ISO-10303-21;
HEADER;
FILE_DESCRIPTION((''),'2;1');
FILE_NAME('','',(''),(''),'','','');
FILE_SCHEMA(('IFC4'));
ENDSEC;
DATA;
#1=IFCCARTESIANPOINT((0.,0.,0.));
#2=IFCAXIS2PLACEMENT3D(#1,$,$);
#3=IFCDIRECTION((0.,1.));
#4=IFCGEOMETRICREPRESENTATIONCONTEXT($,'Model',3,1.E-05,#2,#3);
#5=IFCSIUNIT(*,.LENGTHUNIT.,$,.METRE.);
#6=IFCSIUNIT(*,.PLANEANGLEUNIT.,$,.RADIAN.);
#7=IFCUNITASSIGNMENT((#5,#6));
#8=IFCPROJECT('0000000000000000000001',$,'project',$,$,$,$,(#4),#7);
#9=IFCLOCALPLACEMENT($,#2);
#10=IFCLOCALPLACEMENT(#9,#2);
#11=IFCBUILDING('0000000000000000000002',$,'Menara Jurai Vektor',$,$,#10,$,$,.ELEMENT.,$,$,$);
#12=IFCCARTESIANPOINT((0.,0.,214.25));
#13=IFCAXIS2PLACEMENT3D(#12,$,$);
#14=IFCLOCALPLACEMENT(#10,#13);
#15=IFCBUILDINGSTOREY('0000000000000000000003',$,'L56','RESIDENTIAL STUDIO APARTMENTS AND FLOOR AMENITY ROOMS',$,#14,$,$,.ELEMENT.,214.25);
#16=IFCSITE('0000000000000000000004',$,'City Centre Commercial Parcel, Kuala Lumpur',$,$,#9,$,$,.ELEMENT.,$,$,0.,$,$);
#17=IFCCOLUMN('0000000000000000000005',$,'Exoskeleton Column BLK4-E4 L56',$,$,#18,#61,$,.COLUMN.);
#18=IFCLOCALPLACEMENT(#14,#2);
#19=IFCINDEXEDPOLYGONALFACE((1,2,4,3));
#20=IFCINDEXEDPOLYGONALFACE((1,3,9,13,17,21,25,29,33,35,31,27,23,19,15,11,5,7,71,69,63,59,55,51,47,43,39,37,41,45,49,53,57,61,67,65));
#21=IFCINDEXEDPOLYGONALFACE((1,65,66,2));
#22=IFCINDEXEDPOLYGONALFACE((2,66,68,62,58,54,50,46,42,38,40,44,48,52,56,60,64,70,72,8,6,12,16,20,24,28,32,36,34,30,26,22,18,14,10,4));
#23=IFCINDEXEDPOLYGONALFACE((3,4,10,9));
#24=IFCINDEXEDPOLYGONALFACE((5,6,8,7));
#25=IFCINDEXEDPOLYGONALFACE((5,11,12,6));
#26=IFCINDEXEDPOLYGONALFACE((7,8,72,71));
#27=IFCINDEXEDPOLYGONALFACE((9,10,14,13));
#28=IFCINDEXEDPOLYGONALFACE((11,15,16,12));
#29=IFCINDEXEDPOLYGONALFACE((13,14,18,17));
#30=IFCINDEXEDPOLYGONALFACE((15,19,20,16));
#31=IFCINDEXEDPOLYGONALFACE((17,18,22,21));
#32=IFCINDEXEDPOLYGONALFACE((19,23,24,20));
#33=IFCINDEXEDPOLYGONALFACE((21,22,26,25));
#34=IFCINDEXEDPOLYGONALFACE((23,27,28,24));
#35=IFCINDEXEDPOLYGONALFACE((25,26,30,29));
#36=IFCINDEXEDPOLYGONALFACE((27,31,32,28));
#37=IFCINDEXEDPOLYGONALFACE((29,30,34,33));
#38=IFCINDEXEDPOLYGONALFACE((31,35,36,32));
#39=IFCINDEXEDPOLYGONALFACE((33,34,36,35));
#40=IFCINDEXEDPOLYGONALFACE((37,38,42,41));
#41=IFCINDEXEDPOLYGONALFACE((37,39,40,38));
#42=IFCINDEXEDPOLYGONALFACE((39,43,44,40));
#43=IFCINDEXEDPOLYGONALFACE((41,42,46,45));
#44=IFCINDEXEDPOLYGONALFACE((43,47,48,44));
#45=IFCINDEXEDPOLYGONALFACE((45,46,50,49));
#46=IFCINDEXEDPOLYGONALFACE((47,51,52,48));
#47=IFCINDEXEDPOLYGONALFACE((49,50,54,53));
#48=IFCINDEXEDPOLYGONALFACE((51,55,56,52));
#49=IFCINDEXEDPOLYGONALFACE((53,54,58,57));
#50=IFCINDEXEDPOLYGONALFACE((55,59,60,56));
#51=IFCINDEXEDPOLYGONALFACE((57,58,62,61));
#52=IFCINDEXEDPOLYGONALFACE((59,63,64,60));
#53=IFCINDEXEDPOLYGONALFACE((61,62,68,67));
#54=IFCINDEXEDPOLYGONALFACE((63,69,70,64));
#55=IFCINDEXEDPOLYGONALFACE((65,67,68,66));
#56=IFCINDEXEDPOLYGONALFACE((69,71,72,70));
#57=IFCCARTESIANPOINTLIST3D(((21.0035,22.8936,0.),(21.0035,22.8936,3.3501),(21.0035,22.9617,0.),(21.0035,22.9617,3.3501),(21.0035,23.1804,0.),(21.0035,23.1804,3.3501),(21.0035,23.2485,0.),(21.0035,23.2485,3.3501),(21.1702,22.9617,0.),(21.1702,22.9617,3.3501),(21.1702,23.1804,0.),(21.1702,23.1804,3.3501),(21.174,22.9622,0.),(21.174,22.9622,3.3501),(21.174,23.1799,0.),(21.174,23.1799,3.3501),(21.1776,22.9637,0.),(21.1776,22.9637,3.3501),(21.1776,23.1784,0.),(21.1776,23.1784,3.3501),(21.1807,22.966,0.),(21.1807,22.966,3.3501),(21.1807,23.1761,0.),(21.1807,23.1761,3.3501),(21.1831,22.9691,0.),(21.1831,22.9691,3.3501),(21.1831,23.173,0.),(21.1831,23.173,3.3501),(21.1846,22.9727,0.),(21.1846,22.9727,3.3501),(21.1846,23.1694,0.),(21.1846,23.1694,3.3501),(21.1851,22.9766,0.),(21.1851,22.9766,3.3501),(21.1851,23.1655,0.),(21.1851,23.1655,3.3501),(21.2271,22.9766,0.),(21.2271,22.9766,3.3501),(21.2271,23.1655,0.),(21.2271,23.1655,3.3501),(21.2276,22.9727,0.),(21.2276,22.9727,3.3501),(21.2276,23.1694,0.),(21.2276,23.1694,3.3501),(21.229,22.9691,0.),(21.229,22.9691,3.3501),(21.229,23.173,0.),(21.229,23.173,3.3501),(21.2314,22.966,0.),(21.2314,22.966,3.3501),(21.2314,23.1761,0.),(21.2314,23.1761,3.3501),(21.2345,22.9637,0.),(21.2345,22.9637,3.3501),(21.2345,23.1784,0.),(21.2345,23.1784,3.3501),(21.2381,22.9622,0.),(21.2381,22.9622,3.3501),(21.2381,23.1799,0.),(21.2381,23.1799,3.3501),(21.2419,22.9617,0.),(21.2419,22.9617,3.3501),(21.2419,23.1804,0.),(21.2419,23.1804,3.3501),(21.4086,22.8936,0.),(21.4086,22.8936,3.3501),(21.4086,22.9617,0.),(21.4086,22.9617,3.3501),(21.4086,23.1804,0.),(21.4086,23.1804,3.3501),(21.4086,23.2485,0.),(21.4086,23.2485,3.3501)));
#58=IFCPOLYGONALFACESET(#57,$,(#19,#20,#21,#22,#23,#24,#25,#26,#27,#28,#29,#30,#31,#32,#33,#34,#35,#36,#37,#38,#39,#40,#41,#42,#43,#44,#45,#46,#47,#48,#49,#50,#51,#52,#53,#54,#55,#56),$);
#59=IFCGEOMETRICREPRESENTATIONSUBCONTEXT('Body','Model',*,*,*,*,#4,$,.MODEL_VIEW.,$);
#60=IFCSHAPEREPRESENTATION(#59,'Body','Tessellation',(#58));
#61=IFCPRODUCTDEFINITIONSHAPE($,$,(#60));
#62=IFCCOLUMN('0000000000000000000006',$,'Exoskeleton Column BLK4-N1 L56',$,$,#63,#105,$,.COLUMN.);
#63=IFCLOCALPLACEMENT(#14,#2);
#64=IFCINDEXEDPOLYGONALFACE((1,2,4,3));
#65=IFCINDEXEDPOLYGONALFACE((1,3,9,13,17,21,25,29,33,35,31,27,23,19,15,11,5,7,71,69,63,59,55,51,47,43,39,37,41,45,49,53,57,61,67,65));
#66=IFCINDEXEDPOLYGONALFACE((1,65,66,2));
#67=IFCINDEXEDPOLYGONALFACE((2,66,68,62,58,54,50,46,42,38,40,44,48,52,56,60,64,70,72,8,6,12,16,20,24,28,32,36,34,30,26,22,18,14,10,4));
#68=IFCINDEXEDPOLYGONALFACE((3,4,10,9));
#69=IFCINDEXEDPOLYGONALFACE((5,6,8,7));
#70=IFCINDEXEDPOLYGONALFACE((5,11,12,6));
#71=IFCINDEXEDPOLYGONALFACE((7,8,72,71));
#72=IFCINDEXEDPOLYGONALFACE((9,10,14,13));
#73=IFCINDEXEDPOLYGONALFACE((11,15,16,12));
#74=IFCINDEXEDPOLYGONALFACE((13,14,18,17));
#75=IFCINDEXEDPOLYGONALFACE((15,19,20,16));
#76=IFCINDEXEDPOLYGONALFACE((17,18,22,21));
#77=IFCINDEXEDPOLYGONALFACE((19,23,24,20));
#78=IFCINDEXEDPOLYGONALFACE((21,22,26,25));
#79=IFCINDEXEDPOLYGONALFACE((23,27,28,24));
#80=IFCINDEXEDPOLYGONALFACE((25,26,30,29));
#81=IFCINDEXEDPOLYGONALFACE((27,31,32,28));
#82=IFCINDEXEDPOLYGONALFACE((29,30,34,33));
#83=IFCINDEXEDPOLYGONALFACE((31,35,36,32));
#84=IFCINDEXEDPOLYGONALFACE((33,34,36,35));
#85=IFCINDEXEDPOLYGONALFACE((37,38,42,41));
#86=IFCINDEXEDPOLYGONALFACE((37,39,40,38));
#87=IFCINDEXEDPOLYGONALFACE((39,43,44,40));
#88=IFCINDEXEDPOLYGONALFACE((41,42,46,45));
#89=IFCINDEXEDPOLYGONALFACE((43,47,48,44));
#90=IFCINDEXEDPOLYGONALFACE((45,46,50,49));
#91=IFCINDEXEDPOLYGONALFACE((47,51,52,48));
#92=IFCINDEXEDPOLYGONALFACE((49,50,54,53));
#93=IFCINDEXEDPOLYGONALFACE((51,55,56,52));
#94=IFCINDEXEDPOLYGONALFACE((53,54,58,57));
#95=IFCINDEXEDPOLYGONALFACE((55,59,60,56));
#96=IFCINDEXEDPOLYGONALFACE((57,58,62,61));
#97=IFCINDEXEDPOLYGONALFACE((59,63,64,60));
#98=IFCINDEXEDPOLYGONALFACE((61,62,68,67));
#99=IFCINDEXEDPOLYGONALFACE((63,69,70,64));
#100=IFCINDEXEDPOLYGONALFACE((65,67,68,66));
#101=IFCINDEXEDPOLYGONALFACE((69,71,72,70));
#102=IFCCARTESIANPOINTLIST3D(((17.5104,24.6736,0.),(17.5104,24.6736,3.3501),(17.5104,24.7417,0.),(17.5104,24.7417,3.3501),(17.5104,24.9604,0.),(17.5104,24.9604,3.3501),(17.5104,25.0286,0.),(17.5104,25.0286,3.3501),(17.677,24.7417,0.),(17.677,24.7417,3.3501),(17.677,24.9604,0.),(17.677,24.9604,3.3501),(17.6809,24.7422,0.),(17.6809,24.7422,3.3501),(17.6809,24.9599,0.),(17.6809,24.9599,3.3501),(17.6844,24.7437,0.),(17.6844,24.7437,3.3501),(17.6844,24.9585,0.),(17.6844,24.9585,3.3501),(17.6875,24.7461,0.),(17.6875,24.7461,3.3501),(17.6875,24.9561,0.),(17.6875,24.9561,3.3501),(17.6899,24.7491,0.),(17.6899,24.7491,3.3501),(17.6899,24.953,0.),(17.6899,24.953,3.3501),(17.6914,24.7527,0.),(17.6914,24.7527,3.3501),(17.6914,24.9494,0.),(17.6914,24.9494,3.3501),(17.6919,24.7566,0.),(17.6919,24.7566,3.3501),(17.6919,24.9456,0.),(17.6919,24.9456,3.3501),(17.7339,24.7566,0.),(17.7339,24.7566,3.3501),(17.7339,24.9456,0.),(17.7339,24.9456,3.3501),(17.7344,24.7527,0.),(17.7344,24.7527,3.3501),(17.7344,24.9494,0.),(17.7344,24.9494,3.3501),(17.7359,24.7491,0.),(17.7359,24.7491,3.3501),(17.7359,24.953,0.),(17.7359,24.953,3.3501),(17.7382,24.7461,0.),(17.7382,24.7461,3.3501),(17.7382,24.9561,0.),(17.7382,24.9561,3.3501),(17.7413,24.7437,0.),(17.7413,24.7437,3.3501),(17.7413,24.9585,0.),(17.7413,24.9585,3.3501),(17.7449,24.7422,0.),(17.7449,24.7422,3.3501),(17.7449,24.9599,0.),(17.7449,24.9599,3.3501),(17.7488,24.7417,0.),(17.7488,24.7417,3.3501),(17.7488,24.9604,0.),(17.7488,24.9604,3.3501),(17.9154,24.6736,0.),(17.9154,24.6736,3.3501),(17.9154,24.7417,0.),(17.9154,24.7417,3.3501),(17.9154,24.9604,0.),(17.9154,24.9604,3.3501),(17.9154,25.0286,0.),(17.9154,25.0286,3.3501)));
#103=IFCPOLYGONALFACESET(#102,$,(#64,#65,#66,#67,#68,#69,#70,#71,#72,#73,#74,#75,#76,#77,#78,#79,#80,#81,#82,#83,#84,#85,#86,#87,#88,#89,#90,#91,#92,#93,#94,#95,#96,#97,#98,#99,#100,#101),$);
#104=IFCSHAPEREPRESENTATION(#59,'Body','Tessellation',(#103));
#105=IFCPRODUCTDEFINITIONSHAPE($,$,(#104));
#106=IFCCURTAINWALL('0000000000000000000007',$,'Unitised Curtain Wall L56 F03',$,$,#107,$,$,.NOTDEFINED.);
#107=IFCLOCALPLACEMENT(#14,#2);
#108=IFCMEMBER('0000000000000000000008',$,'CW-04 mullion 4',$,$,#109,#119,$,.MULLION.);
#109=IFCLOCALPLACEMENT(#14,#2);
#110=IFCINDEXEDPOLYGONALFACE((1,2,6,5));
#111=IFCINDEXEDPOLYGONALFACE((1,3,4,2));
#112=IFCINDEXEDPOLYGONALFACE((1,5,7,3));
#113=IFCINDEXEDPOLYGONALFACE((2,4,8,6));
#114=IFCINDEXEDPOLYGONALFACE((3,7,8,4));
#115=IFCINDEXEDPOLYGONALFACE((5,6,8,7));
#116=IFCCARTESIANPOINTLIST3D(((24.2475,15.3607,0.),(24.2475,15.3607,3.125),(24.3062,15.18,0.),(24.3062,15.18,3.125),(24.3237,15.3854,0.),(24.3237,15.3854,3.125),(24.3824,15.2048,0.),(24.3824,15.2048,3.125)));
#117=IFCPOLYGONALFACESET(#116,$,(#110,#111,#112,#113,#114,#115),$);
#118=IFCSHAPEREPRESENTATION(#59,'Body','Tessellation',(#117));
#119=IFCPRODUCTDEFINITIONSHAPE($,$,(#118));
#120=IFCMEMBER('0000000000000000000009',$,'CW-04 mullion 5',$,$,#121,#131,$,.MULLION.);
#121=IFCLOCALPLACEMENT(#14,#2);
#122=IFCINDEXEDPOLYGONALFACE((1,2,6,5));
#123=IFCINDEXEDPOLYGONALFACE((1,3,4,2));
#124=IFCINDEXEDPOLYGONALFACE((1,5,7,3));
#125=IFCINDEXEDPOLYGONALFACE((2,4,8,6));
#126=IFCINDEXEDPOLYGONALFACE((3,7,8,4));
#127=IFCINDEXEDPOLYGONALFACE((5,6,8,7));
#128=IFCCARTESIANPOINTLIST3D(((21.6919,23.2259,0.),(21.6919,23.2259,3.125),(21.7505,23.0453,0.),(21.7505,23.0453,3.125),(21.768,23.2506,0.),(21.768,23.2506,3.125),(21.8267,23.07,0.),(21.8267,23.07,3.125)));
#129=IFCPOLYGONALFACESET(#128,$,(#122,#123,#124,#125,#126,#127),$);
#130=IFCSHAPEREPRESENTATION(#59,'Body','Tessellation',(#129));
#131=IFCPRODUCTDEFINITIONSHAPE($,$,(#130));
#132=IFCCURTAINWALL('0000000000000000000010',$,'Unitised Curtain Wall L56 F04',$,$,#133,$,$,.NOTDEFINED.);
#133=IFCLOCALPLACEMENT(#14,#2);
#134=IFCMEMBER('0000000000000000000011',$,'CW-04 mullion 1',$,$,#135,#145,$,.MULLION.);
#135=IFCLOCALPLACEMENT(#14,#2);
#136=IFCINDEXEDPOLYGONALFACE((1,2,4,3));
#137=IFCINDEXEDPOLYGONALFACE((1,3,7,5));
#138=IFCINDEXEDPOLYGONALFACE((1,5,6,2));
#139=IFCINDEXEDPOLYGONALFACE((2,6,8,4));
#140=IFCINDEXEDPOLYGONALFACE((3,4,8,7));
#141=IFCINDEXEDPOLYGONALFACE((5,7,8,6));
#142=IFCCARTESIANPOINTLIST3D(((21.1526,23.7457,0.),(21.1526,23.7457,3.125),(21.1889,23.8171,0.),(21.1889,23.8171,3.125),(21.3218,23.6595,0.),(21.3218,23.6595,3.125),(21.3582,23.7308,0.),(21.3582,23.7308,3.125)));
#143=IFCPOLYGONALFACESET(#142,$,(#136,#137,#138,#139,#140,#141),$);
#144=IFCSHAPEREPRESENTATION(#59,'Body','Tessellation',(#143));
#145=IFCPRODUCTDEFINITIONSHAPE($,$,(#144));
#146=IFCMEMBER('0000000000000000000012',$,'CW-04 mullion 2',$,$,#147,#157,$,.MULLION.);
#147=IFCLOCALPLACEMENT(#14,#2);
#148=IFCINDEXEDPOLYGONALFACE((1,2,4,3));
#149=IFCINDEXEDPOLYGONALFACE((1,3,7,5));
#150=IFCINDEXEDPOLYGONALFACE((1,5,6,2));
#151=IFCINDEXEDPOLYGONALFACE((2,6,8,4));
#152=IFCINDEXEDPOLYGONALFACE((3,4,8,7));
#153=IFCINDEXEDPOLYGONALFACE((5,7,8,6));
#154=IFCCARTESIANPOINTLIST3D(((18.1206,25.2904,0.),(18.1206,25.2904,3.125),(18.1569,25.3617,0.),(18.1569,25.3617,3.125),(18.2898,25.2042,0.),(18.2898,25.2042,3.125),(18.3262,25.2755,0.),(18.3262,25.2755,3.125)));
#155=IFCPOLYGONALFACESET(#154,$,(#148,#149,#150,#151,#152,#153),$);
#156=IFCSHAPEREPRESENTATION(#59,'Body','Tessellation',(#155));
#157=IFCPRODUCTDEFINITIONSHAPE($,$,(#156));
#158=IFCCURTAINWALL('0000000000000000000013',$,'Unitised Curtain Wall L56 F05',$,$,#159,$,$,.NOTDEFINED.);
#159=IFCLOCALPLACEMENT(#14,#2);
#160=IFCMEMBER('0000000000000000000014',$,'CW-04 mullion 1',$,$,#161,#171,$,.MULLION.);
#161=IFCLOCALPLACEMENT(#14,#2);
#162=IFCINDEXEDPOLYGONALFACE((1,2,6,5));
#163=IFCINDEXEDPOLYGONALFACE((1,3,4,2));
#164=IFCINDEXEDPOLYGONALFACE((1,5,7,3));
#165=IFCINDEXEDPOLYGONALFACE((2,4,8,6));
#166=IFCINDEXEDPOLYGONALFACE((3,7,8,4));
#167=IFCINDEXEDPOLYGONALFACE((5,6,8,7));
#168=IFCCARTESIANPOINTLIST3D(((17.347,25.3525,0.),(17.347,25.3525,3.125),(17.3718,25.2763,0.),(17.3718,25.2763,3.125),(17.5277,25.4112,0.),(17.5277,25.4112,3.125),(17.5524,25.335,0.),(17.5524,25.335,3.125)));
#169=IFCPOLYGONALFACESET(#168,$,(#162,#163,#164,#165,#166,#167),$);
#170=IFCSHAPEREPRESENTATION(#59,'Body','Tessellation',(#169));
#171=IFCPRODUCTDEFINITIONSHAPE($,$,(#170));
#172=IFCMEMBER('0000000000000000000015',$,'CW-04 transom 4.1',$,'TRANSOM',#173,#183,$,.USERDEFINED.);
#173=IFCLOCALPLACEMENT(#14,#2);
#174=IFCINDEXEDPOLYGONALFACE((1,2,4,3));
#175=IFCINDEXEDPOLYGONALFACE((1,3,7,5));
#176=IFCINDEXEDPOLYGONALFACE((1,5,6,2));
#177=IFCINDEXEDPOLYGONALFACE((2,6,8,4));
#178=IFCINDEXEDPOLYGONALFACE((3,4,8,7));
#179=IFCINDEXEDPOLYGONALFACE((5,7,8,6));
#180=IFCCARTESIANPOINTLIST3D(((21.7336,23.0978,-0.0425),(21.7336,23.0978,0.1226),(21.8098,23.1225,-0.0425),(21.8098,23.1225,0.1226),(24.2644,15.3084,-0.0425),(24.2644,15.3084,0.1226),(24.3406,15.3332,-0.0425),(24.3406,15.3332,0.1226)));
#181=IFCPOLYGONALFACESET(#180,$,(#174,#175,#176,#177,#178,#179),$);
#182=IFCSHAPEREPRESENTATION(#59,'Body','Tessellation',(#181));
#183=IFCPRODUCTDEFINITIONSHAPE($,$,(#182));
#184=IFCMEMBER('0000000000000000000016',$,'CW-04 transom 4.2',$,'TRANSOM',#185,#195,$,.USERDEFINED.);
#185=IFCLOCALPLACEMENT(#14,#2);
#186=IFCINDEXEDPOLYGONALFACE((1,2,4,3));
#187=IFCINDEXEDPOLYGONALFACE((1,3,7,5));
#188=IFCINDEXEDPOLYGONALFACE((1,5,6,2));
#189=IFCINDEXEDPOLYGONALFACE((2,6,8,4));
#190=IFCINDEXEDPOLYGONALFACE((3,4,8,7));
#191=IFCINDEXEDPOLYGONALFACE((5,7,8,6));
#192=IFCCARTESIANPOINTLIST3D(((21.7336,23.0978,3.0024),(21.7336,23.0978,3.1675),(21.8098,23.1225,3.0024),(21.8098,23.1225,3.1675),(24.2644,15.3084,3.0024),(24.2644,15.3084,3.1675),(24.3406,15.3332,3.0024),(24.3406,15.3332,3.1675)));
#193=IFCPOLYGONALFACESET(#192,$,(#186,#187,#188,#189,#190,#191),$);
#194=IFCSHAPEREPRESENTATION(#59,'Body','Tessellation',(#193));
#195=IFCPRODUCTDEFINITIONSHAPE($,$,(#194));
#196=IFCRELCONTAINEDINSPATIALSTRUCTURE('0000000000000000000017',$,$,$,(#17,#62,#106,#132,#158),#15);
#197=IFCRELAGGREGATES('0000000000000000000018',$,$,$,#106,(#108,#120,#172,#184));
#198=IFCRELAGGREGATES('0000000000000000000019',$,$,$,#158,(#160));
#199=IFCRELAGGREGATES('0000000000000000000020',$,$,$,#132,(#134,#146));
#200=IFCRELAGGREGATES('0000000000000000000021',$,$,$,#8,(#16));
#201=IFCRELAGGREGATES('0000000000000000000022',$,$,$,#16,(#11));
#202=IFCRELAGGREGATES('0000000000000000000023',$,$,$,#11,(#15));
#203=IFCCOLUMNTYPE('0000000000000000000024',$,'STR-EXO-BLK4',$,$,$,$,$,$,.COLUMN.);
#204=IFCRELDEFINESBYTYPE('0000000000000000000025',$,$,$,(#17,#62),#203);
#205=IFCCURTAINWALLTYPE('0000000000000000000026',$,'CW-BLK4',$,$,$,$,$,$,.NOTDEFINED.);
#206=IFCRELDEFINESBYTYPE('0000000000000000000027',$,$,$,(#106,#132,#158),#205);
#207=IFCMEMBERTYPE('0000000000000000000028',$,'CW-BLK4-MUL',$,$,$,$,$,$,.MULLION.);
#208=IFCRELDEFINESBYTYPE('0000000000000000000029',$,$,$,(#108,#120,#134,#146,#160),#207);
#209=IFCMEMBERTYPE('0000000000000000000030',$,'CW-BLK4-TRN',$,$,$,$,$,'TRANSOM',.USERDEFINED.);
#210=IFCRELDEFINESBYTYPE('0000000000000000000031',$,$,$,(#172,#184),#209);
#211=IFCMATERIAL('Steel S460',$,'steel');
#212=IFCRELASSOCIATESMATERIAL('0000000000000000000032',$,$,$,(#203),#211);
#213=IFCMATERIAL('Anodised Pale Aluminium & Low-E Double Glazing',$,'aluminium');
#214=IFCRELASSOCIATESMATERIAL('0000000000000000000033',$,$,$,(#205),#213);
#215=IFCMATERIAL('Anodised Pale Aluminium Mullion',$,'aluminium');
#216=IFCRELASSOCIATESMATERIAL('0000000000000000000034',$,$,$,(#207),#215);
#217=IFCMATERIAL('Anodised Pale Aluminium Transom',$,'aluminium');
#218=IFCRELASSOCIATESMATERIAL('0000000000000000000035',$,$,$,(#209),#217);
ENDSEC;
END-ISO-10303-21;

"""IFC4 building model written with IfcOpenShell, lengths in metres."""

from ifc_helpers import new_model, si_unit, direction, frame, origin, origin_2d, place, context, subcontext, project, spatial, rectangle, i_section, extrude, material, material_profile, profile_set, type_object, element, aggregate, save


model = new_model("IFC4")

# Units and contexts
model_context = context("Model", 3, precision=1e-05, world=origin(), true_north=direction((0.0, 1.0)))
body_context = subcontext(model_context, "Body", "Model", "MODEL_VIEW")
ifc_project = project(units=[si_unit("LENGTHUNIT", "METRE"), si_unit("PLANEANGLEUNIT", "RADIAN")], contexts=[model_context])

# Site, building, storey
site_placement = place(None, origin())
site = spatial("IfcSite", under=ifc_project, at=site_placement, Name="City Centre Commercial Parcel, Kuala Lumpur", CompositionType="ELEMENT", RefElevation=0.0)
building_placement = place(site_placement, origin())
building = spatial("IfcBuilding", under=site, at=building_placement, Name="Menara Jurai Vektor", CompositionType="ELEMENT")
storey_placement = place(building_placement, frame((0.0, 0.0, 214.25)))
storey = spatial("IfcBuildingStorey", under=building, at=storey_placement, Name="L56", Description="RESIDENTIAL STUDIO APARTMENTS AND FLOOR AMENITY ROOMS", CompositionType="ELEMENT", Elevation=214.25)

# Columns
ifc_material_1 = material(Name="Steel S460", Category="steel")
ifc_material_profile_1 = material_profile(ifc_material_1, i_section(OverallWidth=0.405, OverallDepth=0.355, WebThickness=0.042, FlangeThickness=0.0681, FilletRadius=0.0149, at=origin_2d()), Name="HD 400x551")
ifc_profile_set_1 = profile_set([ifc_material_profile_1], Name="Steel S460")
column_type = type_object("IfcColumnType", Name="STR-EXO-BLK4", PredefinedType="COLUMN", material=ifc_profile_set_1)
for number, where, z_axis, x_axis, name in (
    (1, (21.2061, 23.071, 0.0), (0.0, 0.0, 1.0), (1.0, 0.0, 0.0), "Exoskeleton Column BLK4-E4 L56"),
    (2, (17.7129, 24.8511, 0.0), (0.0, 0.0, 1.0), (1.0, 0.0, 0.0), "Exoskeleton Column BLK4-N1 L56"),
):
    element("IfcColumn", number, at=place(storey_placement, frame(where, z_axis=z_axis, x_axis=x_axis)), inside=storey, type_object=column_type, Name=name, PredefinedType="COLUMN", context=body_context, shape_type="SweptSolid", body=[
        extrude(i_section(OverallWidth=0.405, OverallDepth=0.355, WebThickness=0.042, FlangeThickness=0.0681, FilletRadius=0.0149, at=origin_2d()), origin(), (0.0, 0.0, 1.0), 3.3501),
    ])

# Curtain walls, members
ifc_material_2 = material(Name="Anodised Pale Aluminium & Low-E Double Glazing", Category="aluminium")
curtain_wall_type = type_object("IfcCurtainWallType", Name="CW-BLK4", PredefinedType="NOTDEFINED", material=ifc_material_2)
curtain_wall_1_placement = place(storey_placement, origin())
curtain_wall_1 = element("IfcCurtainWall", 3, at=curtain_wall_1_placement, inside=storey, type_object=curtain_wall_type, Name="Unitised Curtain Wall L56 F03", PredefinedType="NOTDEFINED")
ifc_material_3 = material(Name="Anodised Pale Aluminium Mullion", Category="aluminium")
ifc_material_profile_2 = material_profile(ifc_material_3, rectangle(XDim=0.0801, YDim=0.1899, at=origin_2d()), Name="ALU MUL 80x190")
ifc_profile_set_2 = profile_set([ifc_material_profile_2], Name="Anodised Pale Aluminium Mullion")
member_type_1 = type_object("IfcMemberType", Name="CW-BLK4-MUL", PredefinedType="MULLION", material=ifc_profile_set_2)
member_1_placement = place(storey_placement, frame((24.3149, 15.2827, 0.0), z_axis=(0.0, 0.0, 1.0), x_axis=(-0.951057, -0.309016, 0.0)))
member_1 = element("IfcMember", 4, at=member_1_placement, type_object=member_type_1, Name="CW-04 mullion 4", PredefinedType="MULLION", context=body_context, shape_type="SweptSolid", body=[
    extrude(rectangle(XDim=0.0801, YDim=0.1899, at=origin_2d()), origin(), (0.0, 0.0, 1.0), 3.125),
])
member_2_placement = place(storey_placement, frame((21.7593, 23.1479, 0.0), z_axis=(0.0, 0.0, 1.0), x_axis=(-0.951057, -0.309016, 0.0)))
member_2 = element("IfcMember", 5, at=member_2_placement, type_object=member_type_1, Name="CW-04 mullion 5", PredefinedType="MULLION", context=body_context, shape_type="SweptSolid", body=[
    extrude(rectangle(XDim=0.0801, YDim=0.1899, at=origin_2d()), origin(), (0.0, 0.0, 1.0), 3.125),
])
curtain_wall_2_placement = place(storey_placement, origin())
curtain_wall_2 = element("IfcCurtainWall", 6, at=curtain_wall_2_placement, inside=storey, type_object=curtain_wall_type, Name="Unitised Curtain Wall L56 F04", PredefinedType="NOTDEFINED")
member_3_placement = place(storey_placement, frame((21.2554, 23.7383, 0.0), z_axis=(0.0, 0.0, 1.0), x_axis=(-0.453989, -0.891008, 0.0)))
member_3 = element("IfcMember", 7, at=member_3_placement, type_object=member_type_1, Name="CW-04 mullion 1", PredefinedType="MULLION", context=body_context, shape_type="SweptSolid", body=[
    extrude(rectangle(XDim=0.0801, YDim=0.1899, at=origin_2d()), origin(), (0.0, 0.0, 1.0), 3.125),
])
member_4_placement = place(storey_placement, frame((18.2234, 25.283, 0.0), z_axis=(0.0, 0.0, 1.0), x_axis=(-0.453989, -0.891008, 0.0)))
member_4 = element("IfcMember", 8, at=member_4_placement, type_object=member_type_1, Name="CW-04 mullion 2", PredefinedType="MULLION", context=body_context, shape_type="SweptSolid", body=[
    extrude(rectangle(XDim=0.0801, YDim=0.1899, at=origin_2d()), origin(), (0.0, 0.0, 1.0), 3.125),
])

# Curtain wall, member
curtain_wall_3_placement = place(storey_placement, origin())
curtain_wall_3 = element("IfcCurtainWall", 9, at=curtain_wall_3_placement, inside=storey, type_object=curtain_wall_type, Name="Unitised Curtain Wall L56 F05", PredefinedType="NOTDEFINED")
member_5_placement = place(storey_placement, frame((17.4497, 25.3438, 0.0), z_axis=(0.0, 0.0, 1.0), x_axis=(0.309017, -0.951056, 0.0)))
member_5 = element("IfcMember", 10, at=member_5_placement, type_object=member_type_1, Name="CW-04 mullion 1", PredefinedType="MULLION", context=body_context, shape_type="SweptSolid", body=[
    extrude(rectangle(XDim=0.0801, YDim=0.1899, at=origin_2d()), origin(), (0.0, 0.0, 1.0), 3.125),
])

# Members
ifc_material_4 = material(Name="Anodised Pale Aluminium Transom", Category="aluminium")
ifc_material_profile_3 = material_profile(ifc_material_4, rectangle(XDim=0.0801, YDim=0.165, at=origin_2d()), Name="ALU TRN 80x165")
ifc_profile_set_3 = profile_set([ifc_material_profile_3], Name="Anodised Pale Aluminium Transom")
member_type_2 = type_object("IfcMemberType", Name="CW-BLK4-TRN", ElementType="TRANSOM", PredefinedType="USERDEFINED", material=ifc_profile_set_3)
member_6_placement = place(storey_placement, frame((24.3025, 15.3208, 0.04), z_axis=(-0.309002, 0.951061, 0.0), x_axis=(-0.951061, -0.309002, 0.0)))
member_6 = element("IfcMember", 11, at=member_6_placement, type_object=member_type_2, Name="CW-04 transom 4.1", ObjectType="TRANSOM", PredefinedType="USERDEFINED", context=body_context, shape_type="SweptSolid", body=[
    extrude(rectangle(XDim=0.0801, YDim=0.165, at=origin_2d()), origin(), (0.0, 0.0, 1.0), 8.1902),
])
member_7_placement = place(storey_placement, frame((24.3025, 15.3208, 3.085), z_axis=(-0.309002, 0.951061, 0.0), x_axis=(-0.951061, -0.309002, 0.0)))
member_7 = element("IfcMember", 12, at=member_7_placement, type_object=member_type_2, Name="CW-04 transom 4.2", ObjectType="TRANSOM", PredefinedType="USERDEFINED", context=body_context, shape_type="SweptSolid", body=[
    extrude(rectangle(XDim=0.0801, YDim=0.165, at=origin_2d()), origin(), (0.0, 0.0, 1.0), 8.1902),
])

aggregate(curtain_wall_1, [member_1, member_2, member_6, member_7])
aggregate(curtain_wall_3, [member_5])
aggregate(curtain_wall_2, [member_3, member_4])

save(model, "model.ifc")
